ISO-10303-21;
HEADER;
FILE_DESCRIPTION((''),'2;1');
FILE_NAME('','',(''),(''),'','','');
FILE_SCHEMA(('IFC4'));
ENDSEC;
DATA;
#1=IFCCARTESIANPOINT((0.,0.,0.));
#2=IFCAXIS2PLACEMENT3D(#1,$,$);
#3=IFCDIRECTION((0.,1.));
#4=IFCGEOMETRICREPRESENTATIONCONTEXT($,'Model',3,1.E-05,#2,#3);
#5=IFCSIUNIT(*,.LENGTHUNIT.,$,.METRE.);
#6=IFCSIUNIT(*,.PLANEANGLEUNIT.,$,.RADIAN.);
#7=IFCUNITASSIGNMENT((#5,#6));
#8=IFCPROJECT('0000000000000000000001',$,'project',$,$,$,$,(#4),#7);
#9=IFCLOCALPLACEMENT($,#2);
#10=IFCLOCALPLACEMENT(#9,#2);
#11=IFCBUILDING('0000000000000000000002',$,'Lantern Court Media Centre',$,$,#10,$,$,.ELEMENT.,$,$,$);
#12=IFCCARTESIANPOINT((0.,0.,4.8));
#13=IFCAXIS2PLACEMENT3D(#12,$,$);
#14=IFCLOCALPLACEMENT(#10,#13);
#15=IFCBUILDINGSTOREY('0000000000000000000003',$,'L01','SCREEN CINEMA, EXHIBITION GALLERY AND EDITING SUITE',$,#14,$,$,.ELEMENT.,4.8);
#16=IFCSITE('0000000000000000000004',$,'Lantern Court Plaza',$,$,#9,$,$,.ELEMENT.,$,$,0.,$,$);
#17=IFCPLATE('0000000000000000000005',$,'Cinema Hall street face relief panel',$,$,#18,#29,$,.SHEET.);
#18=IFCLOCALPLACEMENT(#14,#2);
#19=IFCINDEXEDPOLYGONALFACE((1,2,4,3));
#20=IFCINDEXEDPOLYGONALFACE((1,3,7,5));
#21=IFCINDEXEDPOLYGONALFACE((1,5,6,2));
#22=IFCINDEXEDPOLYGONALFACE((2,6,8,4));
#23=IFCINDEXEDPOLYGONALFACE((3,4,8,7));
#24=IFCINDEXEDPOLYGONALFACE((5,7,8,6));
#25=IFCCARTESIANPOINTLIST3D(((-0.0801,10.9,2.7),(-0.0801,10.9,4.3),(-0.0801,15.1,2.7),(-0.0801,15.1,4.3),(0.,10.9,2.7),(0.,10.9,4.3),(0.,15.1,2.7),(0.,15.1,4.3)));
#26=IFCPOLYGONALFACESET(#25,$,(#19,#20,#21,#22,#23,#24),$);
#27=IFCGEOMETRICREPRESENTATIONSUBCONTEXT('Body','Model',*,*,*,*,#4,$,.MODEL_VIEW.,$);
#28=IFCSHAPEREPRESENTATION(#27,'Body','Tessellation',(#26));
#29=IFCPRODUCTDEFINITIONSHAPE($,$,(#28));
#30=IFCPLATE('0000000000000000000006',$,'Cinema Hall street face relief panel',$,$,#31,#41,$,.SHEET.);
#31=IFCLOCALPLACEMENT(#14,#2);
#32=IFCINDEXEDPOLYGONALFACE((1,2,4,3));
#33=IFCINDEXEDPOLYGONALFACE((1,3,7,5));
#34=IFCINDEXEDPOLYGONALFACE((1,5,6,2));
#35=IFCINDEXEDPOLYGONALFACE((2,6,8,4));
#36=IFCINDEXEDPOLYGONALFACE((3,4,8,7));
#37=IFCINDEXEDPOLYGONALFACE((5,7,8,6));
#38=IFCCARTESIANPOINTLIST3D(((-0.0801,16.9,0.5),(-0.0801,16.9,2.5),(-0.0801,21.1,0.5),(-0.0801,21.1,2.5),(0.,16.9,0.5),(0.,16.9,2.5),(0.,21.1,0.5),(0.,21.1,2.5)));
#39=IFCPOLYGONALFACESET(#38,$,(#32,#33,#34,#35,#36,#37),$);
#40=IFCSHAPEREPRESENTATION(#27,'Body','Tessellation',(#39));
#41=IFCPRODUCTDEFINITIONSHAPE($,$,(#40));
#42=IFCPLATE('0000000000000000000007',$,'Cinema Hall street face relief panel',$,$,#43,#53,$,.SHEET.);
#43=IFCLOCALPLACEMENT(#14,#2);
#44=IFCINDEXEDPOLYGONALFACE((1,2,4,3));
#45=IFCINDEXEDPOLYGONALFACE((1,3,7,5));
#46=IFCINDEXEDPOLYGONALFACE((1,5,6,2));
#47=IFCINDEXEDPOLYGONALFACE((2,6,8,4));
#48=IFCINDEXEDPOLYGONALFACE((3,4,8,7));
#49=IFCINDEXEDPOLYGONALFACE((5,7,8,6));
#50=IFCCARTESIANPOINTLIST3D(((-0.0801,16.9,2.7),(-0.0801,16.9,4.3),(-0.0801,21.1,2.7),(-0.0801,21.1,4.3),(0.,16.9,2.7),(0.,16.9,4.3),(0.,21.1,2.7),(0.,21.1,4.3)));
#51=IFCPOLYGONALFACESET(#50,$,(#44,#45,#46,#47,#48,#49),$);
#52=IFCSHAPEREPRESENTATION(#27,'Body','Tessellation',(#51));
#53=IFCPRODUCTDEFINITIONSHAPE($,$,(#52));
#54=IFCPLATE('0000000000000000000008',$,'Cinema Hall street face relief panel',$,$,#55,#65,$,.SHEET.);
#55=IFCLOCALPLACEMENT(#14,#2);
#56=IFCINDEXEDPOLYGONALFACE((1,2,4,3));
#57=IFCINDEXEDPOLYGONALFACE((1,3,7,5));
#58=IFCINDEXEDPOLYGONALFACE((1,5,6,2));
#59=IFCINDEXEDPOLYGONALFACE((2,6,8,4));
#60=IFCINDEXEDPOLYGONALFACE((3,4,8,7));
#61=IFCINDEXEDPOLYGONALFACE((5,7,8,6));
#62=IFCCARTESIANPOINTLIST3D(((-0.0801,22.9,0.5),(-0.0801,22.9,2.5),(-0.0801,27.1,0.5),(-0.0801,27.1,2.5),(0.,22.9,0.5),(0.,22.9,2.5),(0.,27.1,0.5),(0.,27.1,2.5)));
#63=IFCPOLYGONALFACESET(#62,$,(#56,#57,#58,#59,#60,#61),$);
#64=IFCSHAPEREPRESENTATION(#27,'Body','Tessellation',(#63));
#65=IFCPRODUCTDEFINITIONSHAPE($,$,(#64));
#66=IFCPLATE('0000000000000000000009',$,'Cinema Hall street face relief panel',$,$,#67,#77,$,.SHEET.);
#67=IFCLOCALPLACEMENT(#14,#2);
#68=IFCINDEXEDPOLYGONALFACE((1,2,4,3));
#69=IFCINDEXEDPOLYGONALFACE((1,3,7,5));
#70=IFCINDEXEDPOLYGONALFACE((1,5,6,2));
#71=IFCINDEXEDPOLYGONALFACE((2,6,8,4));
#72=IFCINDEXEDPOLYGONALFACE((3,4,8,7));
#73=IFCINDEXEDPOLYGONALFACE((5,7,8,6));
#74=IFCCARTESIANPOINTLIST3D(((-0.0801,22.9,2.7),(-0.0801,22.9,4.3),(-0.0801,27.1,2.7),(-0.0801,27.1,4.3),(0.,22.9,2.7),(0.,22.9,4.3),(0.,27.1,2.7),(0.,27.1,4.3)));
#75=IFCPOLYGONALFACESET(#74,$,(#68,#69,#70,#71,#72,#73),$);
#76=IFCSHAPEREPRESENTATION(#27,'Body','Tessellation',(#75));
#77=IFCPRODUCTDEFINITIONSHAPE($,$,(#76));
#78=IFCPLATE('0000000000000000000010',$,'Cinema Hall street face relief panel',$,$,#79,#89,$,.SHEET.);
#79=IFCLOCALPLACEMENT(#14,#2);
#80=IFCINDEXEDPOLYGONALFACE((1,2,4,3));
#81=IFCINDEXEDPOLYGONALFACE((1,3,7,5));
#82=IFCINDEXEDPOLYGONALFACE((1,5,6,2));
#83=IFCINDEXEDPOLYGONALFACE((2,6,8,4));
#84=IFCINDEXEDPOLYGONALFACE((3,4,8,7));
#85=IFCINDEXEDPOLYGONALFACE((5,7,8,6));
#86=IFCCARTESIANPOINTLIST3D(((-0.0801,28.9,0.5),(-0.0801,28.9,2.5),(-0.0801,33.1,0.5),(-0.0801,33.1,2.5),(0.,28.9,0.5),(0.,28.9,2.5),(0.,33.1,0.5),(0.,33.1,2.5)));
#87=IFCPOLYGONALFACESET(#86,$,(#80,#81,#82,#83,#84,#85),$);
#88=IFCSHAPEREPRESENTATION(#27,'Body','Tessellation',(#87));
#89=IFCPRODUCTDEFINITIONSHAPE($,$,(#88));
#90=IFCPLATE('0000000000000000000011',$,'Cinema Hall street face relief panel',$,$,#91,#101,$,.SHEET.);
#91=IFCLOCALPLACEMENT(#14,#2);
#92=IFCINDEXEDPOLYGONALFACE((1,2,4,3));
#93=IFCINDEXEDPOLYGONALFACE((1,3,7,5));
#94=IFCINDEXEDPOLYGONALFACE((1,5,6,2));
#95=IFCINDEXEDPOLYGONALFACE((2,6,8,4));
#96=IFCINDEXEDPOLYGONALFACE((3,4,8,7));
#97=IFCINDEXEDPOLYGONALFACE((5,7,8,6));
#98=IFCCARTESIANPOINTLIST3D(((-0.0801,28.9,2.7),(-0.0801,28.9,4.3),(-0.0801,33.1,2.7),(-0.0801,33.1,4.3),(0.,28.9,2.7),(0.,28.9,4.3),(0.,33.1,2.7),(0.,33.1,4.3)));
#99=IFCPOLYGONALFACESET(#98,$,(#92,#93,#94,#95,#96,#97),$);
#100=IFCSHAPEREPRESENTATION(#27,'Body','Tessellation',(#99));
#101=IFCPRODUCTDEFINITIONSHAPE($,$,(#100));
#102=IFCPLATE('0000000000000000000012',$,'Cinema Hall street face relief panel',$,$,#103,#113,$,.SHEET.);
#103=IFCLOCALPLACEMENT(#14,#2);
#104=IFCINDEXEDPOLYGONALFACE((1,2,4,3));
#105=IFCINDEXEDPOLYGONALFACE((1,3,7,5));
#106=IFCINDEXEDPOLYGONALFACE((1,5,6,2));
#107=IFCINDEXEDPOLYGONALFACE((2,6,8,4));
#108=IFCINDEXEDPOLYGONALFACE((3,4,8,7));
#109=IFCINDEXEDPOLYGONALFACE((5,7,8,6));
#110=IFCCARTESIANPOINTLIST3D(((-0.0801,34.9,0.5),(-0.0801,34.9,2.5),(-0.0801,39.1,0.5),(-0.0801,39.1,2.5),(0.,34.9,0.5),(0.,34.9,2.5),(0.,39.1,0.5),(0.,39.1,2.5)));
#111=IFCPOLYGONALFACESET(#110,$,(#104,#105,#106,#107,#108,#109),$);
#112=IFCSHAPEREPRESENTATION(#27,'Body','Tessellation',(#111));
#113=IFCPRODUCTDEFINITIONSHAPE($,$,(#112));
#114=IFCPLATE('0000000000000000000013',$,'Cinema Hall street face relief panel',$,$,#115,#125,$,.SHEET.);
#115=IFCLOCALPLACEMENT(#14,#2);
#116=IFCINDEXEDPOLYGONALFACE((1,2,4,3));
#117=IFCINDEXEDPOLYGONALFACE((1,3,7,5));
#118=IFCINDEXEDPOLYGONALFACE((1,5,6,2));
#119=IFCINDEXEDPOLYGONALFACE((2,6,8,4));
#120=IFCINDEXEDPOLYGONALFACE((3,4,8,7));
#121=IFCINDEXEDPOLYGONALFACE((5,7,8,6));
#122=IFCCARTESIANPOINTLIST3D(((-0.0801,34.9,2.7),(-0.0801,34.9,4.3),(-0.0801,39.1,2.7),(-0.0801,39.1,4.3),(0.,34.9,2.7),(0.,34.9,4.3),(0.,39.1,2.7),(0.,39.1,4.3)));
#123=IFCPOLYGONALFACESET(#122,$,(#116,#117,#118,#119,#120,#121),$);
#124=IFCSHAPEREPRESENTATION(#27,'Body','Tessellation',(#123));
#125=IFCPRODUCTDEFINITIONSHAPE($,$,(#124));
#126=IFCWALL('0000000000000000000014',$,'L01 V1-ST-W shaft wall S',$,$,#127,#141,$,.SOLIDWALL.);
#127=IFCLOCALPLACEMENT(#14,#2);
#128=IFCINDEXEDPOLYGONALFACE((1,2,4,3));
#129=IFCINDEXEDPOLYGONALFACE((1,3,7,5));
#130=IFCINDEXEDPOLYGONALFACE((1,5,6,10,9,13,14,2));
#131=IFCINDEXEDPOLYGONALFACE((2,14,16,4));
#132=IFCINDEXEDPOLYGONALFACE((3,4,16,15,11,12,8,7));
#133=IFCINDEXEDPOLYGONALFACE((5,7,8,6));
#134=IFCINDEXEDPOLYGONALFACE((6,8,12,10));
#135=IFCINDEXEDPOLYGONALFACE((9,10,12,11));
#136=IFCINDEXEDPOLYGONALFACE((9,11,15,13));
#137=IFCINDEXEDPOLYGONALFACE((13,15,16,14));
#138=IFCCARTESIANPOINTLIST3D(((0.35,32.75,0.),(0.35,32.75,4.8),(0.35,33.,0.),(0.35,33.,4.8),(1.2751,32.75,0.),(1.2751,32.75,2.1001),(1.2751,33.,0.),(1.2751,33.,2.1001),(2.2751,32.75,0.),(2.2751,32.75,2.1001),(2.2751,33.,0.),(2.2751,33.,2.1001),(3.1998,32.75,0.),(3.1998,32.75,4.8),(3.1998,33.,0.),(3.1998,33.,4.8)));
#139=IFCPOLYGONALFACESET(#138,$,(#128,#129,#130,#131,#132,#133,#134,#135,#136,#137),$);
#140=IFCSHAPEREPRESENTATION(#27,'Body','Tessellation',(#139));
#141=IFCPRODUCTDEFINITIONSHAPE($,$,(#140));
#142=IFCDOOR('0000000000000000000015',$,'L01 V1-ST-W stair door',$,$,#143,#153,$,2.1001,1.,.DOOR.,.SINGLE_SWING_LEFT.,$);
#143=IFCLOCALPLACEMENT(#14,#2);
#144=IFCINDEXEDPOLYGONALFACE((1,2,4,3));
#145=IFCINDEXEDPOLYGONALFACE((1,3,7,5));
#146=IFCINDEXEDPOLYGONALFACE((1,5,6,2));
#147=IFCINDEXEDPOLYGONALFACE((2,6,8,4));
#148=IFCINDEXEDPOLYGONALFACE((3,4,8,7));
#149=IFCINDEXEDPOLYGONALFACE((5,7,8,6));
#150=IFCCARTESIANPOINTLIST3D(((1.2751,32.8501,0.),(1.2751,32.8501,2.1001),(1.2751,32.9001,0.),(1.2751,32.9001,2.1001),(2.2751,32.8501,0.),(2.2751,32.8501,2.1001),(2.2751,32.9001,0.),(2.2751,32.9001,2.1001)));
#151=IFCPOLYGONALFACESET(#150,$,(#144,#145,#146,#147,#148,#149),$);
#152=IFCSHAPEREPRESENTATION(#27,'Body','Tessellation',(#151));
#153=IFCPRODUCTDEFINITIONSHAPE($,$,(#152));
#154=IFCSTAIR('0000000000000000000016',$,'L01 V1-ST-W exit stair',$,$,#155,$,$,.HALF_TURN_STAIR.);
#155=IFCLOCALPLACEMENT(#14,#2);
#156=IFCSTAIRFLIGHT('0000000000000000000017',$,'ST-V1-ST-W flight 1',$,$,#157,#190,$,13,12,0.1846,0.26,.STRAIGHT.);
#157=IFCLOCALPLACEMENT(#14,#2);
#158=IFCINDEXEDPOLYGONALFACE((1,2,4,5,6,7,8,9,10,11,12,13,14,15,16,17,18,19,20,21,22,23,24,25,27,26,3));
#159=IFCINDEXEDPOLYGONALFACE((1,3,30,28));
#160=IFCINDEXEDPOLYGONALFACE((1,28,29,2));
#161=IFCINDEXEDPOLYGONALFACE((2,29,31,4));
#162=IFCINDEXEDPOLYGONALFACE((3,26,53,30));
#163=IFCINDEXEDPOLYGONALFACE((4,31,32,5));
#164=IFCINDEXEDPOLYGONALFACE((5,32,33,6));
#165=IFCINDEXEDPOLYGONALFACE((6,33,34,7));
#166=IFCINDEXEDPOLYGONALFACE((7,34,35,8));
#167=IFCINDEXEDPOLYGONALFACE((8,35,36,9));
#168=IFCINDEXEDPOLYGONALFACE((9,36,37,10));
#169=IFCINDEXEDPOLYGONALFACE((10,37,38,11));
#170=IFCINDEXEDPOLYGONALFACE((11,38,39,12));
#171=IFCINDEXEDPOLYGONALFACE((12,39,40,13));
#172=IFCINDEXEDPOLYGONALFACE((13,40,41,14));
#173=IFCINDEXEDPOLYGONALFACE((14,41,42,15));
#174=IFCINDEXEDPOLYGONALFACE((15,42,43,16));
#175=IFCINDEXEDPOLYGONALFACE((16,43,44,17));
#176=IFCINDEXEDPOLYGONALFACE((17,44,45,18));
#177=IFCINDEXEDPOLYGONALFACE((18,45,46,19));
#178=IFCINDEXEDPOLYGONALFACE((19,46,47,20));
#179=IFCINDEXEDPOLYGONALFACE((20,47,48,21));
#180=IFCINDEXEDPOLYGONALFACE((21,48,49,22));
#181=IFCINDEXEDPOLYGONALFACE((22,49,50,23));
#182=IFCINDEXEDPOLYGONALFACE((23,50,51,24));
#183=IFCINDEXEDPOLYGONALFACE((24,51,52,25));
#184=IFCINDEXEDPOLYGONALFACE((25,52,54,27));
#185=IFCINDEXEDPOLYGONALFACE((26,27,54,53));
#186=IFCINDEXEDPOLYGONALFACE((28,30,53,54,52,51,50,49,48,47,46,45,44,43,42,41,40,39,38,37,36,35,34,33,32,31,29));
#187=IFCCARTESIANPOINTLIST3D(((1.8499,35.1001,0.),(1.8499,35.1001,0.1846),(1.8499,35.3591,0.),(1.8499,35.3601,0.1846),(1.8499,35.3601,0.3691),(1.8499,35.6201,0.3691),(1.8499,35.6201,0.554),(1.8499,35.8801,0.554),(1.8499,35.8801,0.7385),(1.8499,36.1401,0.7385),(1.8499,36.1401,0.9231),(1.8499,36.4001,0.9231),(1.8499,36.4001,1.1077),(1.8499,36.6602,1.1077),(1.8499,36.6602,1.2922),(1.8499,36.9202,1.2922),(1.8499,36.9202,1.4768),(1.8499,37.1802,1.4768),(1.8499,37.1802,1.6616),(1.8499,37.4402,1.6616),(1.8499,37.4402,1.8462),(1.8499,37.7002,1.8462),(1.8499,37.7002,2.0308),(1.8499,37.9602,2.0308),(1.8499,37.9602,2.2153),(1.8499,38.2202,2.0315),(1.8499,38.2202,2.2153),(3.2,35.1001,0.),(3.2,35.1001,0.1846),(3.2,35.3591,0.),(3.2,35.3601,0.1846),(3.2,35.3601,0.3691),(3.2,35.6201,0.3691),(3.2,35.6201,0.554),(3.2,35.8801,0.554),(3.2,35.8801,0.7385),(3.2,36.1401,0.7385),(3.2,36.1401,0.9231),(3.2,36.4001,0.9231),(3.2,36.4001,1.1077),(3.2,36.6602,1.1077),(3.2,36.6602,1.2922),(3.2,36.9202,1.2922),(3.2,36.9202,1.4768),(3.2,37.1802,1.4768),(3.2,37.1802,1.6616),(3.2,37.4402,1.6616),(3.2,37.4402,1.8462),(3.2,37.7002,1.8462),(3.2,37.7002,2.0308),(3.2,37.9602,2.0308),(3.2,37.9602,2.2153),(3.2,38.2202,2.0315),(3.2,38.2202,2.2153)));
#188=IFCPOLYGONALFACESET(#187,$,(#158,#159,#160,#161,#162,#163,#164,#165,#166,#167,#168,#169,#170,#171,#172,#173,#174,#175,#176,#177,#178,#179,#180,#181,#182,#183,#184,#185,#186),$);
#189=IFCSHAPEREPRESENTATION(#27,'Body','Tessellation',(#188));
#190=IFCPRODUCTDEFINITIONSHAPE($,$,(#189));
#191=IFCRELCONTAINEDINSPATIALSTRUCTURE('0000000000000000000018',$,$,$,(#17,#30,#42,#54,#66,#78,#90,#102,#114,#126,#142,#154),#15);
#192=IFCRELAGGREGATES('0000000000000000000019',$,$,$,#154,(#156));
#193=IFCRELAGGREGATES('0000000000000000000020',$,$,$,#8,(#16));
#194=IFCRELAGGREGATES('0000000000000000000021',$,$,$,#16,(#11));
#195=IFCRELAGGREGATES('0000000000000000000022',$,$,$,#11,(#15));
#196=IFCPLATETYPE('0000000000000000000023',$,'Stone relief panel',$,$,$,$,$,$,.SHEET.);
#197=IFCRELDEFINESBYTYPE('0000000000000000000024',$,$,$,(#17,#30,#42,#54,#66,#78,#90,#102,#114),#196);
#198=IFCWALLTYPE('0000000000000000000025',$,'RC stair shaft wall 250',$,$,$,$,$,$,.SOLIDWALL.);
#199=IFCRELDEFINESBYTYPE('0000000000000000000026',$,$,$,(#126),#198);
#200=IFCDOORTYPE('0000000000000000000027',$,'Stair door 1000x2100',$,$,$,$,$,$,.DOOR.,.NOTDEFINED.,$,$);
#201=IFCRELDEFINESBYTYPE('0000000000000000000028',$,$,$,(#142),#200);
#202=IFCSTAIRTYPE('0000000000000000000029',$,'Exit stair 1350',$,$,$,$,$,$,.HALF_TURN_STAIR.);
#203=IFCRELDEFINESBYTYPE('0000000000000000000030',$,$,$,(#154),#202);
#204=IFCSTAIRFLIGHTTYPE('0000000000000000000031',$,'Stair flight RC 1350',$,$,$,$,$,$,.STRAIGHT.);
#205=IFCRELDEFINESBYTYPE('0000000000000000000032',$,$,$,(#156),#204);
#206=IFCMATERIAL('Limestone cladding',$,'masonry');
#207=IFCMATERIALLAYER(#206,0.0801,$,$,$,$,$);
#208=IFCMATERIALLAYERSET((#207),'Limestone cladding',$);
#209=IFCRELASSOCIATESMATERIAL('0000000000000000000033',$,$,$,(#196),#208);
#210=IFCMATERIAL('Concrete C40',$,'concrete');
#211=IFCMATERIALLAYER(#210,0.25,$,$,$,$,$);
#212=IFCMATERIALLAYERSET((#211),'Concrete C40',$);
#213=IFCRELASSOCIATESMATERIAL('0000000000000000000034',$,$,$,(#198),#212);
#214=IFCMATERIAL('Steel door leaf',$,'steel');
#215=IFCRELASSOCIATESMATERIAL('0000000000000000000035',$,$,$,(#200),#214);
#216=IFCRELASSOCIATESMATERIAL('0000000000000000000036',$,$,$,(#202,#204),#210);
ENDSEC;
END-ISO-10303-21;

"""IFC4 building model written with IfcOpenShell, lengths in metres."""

from ifc_helpers import new_model, si_unit, direction, frame, frame_2d, origin, origin_2d, place, context, subcontext, project, spatial, polyline, rectangle, outline, extrude, material, layer, layer_set, type_object, element, fill, aggregate, save


model = new_model("IFC4")

# Units and contexts
model_context = context("Model", 3, precision=1e-05, world=origin(), true_north=direction((0.0, 1.0)))
body_context = subcontext(model_context, "Body", "Model", "MODEL_VIEW")
ifc_project = project(units=[si_unit("LENGTHUNIT", "METRE"), si_unit("PLANEANGLEUNIT", "RADIAN")], contexts=[model_context])

# Site, building, storey
site_placement = place(None, origin())
site = spatial("IfcSite", under=ifc_project, at=site_placement, Name="Lantern Court Plaza", CompositionType="ELEMENT", RefElevation=0.0)
building_placement = place(site_placement, origin())
building = spatial("IfcBuilding", under=site, at=building_placement, Name="Lantern Court Media Centre", CompositionType="ELEMENT")
storey_placement = place(building_placement, frame((0.0, 0.0, 4.8)))
storey = spatial("IfcBuildingStorey", under=building, at=storey_placement, Name="L01", Description="SCREEN CINEMA, EXHIBITION GALLERY AND EDITING SUITE", CompositionType="ELEMENT", Elevation=4.8)

# Plates
ifc_material_1 = material(Name="Limestone cladding", Category="masonry")
ifc_layer_1 = layer(ifc_material_1, 0.0801)
ifc_layer_set_1 = layer_set([ifc_layer_1], Name="Limestone cladding")
plate_type = type_object("IfcPlateType", Name="Stone relief panel", PredefinedType="SHEET", material=ifc_layer_set_1)
plate_1_placement = place(storey_placement, frame((-0.04, 13.0, 2.7), z_axis=(0.0, 0.0, 1.0), x_axis=(1.0, 0.0, 0.0)))
element("IfcPlate", 1, at=plate_1_placement, inside=storey, type_object=plate_type, Name="Cinema Hall street face relief panel", PredefinedType="SHEET", context=body_context, shape_type="SweptSolid", body=[
    extrude(rectangle(XDim=0.0801, YDim=4.2, at=origin_2d()), origin(), (0.0, 0.0, 1.0), 1.6001),
])
plate_2_placement = place(storey_placement, frame((-0.04, 19.0, 0.5), z_axis=(0.0, 0.0, 1.0), x_axis=(1.0, 0.0, 0.0)))
element("IfcPlate", 2, at=plate_2_placement, inside=storey, type_object=plate_type, Name="Cinema Hall street face relief panel", PredefinedType="SHEET", context=body_context, shape_type="SweptSolid", body=[
    extrude(rectangle(XDim=0.0801, YDim=4.2, at=origin_2d()), origin(), (0.0, 0.0, 1.0), 2.0),
])
plate_3_placement = place(storey_placement, frame((-0.04, 19.0, 2.7), z_axis=(0.0, 0.0, 1.0), x_axis=(1.0, 0.0, 0.0)))
element("IfcPlate", 3, at=plate_3_placement, inside=storey, type_object=plate_type, Name="Cinema Hall street face relief panel", PredefinedType="SHEET", context=body_context, shape_type="SweptSolid", body=[
    extrude(rectangle(XDim=0.0801, YDim=4.2, at=origin_2d()), origin(), (0.0, 0.0, 1.0), 1.6001),
])
plate_4_placement = place(storey_placement, frame((-0.04, 25.0, 0.5), z_axis=(0.0, 0.0, 1.0), x_axis=(1.0, 0.0, 0.0)))
element("IfcPlate", 4, at=plate_4_placement, inside=storey, type_object=plate_type, Name="Cinema Hall street face relief panel", PredefinedType="SHEET", context=body_context, shape_type="SweptSolid", body=[
    extrude(rectangle(XDim=0.0801, YDim=4.2, at=origin_2d()), origin(), (0.0, 0.0, 1.0), 2.0),
])
plate_5_placement = place(storey_placement, frame((-0.04, 25.0, 2.7), z_axis=(0.0, 0.0, 1.0), x_axis=(1.0, 0.0, 0.0)))
element("IfcPlate", 5, at=plate_5_placement, inside=storey, type_object=plate_type, Name="Cinema Hall street face relief panel", PredefinedType="SHEET", context=body_context, shape_type="SweptSolid", body=[
    extrude(rectangle(XDim=0.0801, YDim=4.2, at=origin_2d()), origin(), (0.0, 0.0, 1.0), 1.6001),
])
plate_6_placement = place(storey_placement, frame((-0.04, 31.0, 0.5), z_axis=(0.0, 0.0, 1.0), x_axis=(1.0, 0.0, 0.0)))
element("IfcPlate", 6, at=plate_6_placement, inside=storey, type_object=plate_type, Name="Cinema Hall street face relief panel", PredefinedType="SHEET", context=body_context, shape_type="SweptSolid", body=[
    extrude(rectangle(XDim=0.0801, YDim=4.2, at=origin_2d()), origin(), (0.0, 0.0, 1.0), 2.0),
])
plate_7_placement = place(storey_placement, frame((-0.04, 31.0, 2.7), z_axis=(0.0, 0.0, 1.0), x_axis=(1.0, 0.0, 0.0)))
element("IfcPlate", 7, at=plate_7_placement, inside=storey, type_object=plate_type, Name="Cinema Hall street face relief panel", PredefinedType="SHEET", context=body_context, shape_type="SweptSolid", body=[
    extrude(rectangle(XDim=0.0801, YDim=4.2, at=origin_2d()), origin(), (0.0, 0.0, 1.0), 1.6001),
])
plate_8_placement = place(storey_placement, frame((-0.04, 37.0, 0.5), z_axis=(0.0, 0.0, 1.0), x_axis=(1.0, 0.0, 0.0)))
element("IfcPlate", 8, at=plate_8_placement, inside=storey, type_object=plate_type, Name="Cinema Hall street face relief panel", PredefinedType="SHEET", context=body_context, shape_type="SweptSolid", body=[
    extrude(rectangle(XDim=0.0801, YDim=4.2, at=origin_2d()), origin(), (0.0, 0.0, 1.0), 2.0),
])
plate_9_placement = place(storey_placement, frame((-0.04, 37.0, 2.7), z_axis=(0.0, 0.0, 1.0), x_axis=(1.0, 0.0, 0.0)))
element("IfcPlate", 9, at=plate_9_placement, inside=storey, type_object=plate_type, Name="Cinema Hall street face relief panel", PredefinedType="SHEET", context=body_context, shape_type="SweptSolid", body=[
    extrude(rectangle(XDim=0.0801, YDim=4.2, at=origin_2d()), origin(), (0.0, 0.0, 1.0), 1.6001),
])

# Wall, opening, door
ifc_material_2 = material(Name="Concrete C40", Category="concrete")
ifc_layer_2 = layer(ifc_material_2, 0.25)
ifc_layer_set_2 = layer_set([ifc_layer_2], Name="Concrete C40")
wall_type = type_object("IfcWallType", Name="RC stair shaft wall 250", PredefinedType="SOLIDWALL", material=ifc_layer_set_2)
wall_placement = place(storey_placement, frame((0.3501, 32.875, 0.0), z_axis=(0.0, 0.0, 1.0), x_axis=(1.0, 0.0, 0.0)))
wall = element("IfcWall", 10, at=wall_placement, inside=storey, type_object=wall_type, Name="L01 V1-ST-W shaft wall S", PredefinedType="SOLIDWALL", context=body_context, shape_type="SweptSolid", body=[
    extrude(rectangle(XDim=2.8499, YDim=0.25, at=frame_2d((1.4248, 0.0))), origin(), (0.0, 0.0, 1.0), 4.8),
])
opening_placement = place(wall_placement, frame((0.925, 0.0, 0.0)))
opening = element("IfcOpeningElement", 11, at=opening_placement, cuts=wall, PredefinedType="OPENING", context=body_context, shape_type="SweptSolid", body=[
    extrude(rectangle(XDim=1.0, YDim=2.1001, at=frame_2d((0.5, 1.05))), frame((0.0, 0.135, 0.0), z_axis=(0.0, -1.0, 0.0), x_axis=(1.0, 0.0, 0.0)), (0.0, 0.0, 1.0), 0.27),
])
ifc_material_3 = material(Name="Steel door leaf", Category="steel")
door_type = type_object("IfcDoorType", Name="Stair door 1000x2100", OperationType="NOTDEFINED", PredefinedType="DOOR", material=ifc_material_3)
door_placement = place(opening_placement, frame((1.0, 0.0, 0.0), z_axis=(0.0, 0.0, 1.0), x_axis=(-1.0, 0.0, 0.0)))
door = element("IfcDoor", 12, at=door_placement, inside=storey, type_object=door_type, Name="L01 V1-ST-W stair door", OperationType="SINGLE_SWING_LEFT", OverallHeight=2.1001, OverallWidth=1.0, PredefinedType="DOOR", context=body_context, shape_type="SweptSolid", body=[
    extrude(rectangle(XDim=1.0, YDim=2.1001, at=frame_2d((0.5, 1.05))), frame((0.0, 0.0249, 0.0), z_axis=(0.0, -1.0, 0.0), x_axis=(1.0, 0.0, 0.0)), (0.0, 0.0, 1.0), 0.05),
])
fill(opening, door)

# Stair, stair flight
stair_type = type_object("IfcStairType", Name="Exit stair 1350", PredefinedType="HALF_TURN_STAIR", material=ifc_material_2)
stair_placement = place(storey_placement, origin())
stair = element("IfcStair", 13, at=stair_placement, inside=storey, type_object=stair_type, Name="L01 V1-ST-W exit stair", PredefinedType="HALF_TURN_STAIR")
stair_flight_type = type_object("IfcStairFlightType", Name="Stair flight RC 1350", PredefinedType="STRAIGHT", material=ifc_material_2)
stair_flight_1_placement = place(storey_placement, frame((2.5249, 35.1001, 0.0), z_axis=(0.0, 0.0, 1.0), x_axis=(0.0, 1.0, 0.0)))
stair_flight_1 = element("IfcStairFlight", 14, at=stair_flight_1_placement, type_object=stair_flight_type, Name="ST-V1-ST-W flight 1", NumberOfRisers=13, NumberOfTreads=12, PredefinedType="STRAIGHT", RiserHeight=0.1846, TreadLength=0.26, context=body_context, shape_type="SweptSolid", body=[
    extrude(outline(polyline([(0.0, 0.0), (0.0, 0.1846), (0.26, 0.1846), (0.26, 0.3691), (0.52, 0.3691), (0.52, 0.554), (0.78, 0.554), (0.78, 0.7385), (1.04, 0.7385), (1.04, 0.9231), (1.3, 0.9231), (1.3, 1.1077), (1.5601, 1.1077), (1.5601, 1.2922), (1.8201, 1.2922), (1.8201, 1.4768), (2.0801, 1.4768), (2.0801, 1.6616), (2.3401, 1.6616), (2.3401, 1.8462), (2.6001, 1.8462), (2.6001, 2.0308), (2.8601, 2.0308), (2.8601, 2.2153), (3.1201, 2.2153), (3.1201, 2.3999), (3.1201, 2.0315), (0.259, 0.0), (0.0, 0.0)])), frame((0.0, 0.675, 0.0), z_axis=(0.0, -1.0, 0.0), x_axis=(1.0, 0.0, 0.0)), (0.0, 0.0, 1.0), 1.3501),
])
aggregate(stair, [stair_flight_1])

save(model, "model.ifc")
